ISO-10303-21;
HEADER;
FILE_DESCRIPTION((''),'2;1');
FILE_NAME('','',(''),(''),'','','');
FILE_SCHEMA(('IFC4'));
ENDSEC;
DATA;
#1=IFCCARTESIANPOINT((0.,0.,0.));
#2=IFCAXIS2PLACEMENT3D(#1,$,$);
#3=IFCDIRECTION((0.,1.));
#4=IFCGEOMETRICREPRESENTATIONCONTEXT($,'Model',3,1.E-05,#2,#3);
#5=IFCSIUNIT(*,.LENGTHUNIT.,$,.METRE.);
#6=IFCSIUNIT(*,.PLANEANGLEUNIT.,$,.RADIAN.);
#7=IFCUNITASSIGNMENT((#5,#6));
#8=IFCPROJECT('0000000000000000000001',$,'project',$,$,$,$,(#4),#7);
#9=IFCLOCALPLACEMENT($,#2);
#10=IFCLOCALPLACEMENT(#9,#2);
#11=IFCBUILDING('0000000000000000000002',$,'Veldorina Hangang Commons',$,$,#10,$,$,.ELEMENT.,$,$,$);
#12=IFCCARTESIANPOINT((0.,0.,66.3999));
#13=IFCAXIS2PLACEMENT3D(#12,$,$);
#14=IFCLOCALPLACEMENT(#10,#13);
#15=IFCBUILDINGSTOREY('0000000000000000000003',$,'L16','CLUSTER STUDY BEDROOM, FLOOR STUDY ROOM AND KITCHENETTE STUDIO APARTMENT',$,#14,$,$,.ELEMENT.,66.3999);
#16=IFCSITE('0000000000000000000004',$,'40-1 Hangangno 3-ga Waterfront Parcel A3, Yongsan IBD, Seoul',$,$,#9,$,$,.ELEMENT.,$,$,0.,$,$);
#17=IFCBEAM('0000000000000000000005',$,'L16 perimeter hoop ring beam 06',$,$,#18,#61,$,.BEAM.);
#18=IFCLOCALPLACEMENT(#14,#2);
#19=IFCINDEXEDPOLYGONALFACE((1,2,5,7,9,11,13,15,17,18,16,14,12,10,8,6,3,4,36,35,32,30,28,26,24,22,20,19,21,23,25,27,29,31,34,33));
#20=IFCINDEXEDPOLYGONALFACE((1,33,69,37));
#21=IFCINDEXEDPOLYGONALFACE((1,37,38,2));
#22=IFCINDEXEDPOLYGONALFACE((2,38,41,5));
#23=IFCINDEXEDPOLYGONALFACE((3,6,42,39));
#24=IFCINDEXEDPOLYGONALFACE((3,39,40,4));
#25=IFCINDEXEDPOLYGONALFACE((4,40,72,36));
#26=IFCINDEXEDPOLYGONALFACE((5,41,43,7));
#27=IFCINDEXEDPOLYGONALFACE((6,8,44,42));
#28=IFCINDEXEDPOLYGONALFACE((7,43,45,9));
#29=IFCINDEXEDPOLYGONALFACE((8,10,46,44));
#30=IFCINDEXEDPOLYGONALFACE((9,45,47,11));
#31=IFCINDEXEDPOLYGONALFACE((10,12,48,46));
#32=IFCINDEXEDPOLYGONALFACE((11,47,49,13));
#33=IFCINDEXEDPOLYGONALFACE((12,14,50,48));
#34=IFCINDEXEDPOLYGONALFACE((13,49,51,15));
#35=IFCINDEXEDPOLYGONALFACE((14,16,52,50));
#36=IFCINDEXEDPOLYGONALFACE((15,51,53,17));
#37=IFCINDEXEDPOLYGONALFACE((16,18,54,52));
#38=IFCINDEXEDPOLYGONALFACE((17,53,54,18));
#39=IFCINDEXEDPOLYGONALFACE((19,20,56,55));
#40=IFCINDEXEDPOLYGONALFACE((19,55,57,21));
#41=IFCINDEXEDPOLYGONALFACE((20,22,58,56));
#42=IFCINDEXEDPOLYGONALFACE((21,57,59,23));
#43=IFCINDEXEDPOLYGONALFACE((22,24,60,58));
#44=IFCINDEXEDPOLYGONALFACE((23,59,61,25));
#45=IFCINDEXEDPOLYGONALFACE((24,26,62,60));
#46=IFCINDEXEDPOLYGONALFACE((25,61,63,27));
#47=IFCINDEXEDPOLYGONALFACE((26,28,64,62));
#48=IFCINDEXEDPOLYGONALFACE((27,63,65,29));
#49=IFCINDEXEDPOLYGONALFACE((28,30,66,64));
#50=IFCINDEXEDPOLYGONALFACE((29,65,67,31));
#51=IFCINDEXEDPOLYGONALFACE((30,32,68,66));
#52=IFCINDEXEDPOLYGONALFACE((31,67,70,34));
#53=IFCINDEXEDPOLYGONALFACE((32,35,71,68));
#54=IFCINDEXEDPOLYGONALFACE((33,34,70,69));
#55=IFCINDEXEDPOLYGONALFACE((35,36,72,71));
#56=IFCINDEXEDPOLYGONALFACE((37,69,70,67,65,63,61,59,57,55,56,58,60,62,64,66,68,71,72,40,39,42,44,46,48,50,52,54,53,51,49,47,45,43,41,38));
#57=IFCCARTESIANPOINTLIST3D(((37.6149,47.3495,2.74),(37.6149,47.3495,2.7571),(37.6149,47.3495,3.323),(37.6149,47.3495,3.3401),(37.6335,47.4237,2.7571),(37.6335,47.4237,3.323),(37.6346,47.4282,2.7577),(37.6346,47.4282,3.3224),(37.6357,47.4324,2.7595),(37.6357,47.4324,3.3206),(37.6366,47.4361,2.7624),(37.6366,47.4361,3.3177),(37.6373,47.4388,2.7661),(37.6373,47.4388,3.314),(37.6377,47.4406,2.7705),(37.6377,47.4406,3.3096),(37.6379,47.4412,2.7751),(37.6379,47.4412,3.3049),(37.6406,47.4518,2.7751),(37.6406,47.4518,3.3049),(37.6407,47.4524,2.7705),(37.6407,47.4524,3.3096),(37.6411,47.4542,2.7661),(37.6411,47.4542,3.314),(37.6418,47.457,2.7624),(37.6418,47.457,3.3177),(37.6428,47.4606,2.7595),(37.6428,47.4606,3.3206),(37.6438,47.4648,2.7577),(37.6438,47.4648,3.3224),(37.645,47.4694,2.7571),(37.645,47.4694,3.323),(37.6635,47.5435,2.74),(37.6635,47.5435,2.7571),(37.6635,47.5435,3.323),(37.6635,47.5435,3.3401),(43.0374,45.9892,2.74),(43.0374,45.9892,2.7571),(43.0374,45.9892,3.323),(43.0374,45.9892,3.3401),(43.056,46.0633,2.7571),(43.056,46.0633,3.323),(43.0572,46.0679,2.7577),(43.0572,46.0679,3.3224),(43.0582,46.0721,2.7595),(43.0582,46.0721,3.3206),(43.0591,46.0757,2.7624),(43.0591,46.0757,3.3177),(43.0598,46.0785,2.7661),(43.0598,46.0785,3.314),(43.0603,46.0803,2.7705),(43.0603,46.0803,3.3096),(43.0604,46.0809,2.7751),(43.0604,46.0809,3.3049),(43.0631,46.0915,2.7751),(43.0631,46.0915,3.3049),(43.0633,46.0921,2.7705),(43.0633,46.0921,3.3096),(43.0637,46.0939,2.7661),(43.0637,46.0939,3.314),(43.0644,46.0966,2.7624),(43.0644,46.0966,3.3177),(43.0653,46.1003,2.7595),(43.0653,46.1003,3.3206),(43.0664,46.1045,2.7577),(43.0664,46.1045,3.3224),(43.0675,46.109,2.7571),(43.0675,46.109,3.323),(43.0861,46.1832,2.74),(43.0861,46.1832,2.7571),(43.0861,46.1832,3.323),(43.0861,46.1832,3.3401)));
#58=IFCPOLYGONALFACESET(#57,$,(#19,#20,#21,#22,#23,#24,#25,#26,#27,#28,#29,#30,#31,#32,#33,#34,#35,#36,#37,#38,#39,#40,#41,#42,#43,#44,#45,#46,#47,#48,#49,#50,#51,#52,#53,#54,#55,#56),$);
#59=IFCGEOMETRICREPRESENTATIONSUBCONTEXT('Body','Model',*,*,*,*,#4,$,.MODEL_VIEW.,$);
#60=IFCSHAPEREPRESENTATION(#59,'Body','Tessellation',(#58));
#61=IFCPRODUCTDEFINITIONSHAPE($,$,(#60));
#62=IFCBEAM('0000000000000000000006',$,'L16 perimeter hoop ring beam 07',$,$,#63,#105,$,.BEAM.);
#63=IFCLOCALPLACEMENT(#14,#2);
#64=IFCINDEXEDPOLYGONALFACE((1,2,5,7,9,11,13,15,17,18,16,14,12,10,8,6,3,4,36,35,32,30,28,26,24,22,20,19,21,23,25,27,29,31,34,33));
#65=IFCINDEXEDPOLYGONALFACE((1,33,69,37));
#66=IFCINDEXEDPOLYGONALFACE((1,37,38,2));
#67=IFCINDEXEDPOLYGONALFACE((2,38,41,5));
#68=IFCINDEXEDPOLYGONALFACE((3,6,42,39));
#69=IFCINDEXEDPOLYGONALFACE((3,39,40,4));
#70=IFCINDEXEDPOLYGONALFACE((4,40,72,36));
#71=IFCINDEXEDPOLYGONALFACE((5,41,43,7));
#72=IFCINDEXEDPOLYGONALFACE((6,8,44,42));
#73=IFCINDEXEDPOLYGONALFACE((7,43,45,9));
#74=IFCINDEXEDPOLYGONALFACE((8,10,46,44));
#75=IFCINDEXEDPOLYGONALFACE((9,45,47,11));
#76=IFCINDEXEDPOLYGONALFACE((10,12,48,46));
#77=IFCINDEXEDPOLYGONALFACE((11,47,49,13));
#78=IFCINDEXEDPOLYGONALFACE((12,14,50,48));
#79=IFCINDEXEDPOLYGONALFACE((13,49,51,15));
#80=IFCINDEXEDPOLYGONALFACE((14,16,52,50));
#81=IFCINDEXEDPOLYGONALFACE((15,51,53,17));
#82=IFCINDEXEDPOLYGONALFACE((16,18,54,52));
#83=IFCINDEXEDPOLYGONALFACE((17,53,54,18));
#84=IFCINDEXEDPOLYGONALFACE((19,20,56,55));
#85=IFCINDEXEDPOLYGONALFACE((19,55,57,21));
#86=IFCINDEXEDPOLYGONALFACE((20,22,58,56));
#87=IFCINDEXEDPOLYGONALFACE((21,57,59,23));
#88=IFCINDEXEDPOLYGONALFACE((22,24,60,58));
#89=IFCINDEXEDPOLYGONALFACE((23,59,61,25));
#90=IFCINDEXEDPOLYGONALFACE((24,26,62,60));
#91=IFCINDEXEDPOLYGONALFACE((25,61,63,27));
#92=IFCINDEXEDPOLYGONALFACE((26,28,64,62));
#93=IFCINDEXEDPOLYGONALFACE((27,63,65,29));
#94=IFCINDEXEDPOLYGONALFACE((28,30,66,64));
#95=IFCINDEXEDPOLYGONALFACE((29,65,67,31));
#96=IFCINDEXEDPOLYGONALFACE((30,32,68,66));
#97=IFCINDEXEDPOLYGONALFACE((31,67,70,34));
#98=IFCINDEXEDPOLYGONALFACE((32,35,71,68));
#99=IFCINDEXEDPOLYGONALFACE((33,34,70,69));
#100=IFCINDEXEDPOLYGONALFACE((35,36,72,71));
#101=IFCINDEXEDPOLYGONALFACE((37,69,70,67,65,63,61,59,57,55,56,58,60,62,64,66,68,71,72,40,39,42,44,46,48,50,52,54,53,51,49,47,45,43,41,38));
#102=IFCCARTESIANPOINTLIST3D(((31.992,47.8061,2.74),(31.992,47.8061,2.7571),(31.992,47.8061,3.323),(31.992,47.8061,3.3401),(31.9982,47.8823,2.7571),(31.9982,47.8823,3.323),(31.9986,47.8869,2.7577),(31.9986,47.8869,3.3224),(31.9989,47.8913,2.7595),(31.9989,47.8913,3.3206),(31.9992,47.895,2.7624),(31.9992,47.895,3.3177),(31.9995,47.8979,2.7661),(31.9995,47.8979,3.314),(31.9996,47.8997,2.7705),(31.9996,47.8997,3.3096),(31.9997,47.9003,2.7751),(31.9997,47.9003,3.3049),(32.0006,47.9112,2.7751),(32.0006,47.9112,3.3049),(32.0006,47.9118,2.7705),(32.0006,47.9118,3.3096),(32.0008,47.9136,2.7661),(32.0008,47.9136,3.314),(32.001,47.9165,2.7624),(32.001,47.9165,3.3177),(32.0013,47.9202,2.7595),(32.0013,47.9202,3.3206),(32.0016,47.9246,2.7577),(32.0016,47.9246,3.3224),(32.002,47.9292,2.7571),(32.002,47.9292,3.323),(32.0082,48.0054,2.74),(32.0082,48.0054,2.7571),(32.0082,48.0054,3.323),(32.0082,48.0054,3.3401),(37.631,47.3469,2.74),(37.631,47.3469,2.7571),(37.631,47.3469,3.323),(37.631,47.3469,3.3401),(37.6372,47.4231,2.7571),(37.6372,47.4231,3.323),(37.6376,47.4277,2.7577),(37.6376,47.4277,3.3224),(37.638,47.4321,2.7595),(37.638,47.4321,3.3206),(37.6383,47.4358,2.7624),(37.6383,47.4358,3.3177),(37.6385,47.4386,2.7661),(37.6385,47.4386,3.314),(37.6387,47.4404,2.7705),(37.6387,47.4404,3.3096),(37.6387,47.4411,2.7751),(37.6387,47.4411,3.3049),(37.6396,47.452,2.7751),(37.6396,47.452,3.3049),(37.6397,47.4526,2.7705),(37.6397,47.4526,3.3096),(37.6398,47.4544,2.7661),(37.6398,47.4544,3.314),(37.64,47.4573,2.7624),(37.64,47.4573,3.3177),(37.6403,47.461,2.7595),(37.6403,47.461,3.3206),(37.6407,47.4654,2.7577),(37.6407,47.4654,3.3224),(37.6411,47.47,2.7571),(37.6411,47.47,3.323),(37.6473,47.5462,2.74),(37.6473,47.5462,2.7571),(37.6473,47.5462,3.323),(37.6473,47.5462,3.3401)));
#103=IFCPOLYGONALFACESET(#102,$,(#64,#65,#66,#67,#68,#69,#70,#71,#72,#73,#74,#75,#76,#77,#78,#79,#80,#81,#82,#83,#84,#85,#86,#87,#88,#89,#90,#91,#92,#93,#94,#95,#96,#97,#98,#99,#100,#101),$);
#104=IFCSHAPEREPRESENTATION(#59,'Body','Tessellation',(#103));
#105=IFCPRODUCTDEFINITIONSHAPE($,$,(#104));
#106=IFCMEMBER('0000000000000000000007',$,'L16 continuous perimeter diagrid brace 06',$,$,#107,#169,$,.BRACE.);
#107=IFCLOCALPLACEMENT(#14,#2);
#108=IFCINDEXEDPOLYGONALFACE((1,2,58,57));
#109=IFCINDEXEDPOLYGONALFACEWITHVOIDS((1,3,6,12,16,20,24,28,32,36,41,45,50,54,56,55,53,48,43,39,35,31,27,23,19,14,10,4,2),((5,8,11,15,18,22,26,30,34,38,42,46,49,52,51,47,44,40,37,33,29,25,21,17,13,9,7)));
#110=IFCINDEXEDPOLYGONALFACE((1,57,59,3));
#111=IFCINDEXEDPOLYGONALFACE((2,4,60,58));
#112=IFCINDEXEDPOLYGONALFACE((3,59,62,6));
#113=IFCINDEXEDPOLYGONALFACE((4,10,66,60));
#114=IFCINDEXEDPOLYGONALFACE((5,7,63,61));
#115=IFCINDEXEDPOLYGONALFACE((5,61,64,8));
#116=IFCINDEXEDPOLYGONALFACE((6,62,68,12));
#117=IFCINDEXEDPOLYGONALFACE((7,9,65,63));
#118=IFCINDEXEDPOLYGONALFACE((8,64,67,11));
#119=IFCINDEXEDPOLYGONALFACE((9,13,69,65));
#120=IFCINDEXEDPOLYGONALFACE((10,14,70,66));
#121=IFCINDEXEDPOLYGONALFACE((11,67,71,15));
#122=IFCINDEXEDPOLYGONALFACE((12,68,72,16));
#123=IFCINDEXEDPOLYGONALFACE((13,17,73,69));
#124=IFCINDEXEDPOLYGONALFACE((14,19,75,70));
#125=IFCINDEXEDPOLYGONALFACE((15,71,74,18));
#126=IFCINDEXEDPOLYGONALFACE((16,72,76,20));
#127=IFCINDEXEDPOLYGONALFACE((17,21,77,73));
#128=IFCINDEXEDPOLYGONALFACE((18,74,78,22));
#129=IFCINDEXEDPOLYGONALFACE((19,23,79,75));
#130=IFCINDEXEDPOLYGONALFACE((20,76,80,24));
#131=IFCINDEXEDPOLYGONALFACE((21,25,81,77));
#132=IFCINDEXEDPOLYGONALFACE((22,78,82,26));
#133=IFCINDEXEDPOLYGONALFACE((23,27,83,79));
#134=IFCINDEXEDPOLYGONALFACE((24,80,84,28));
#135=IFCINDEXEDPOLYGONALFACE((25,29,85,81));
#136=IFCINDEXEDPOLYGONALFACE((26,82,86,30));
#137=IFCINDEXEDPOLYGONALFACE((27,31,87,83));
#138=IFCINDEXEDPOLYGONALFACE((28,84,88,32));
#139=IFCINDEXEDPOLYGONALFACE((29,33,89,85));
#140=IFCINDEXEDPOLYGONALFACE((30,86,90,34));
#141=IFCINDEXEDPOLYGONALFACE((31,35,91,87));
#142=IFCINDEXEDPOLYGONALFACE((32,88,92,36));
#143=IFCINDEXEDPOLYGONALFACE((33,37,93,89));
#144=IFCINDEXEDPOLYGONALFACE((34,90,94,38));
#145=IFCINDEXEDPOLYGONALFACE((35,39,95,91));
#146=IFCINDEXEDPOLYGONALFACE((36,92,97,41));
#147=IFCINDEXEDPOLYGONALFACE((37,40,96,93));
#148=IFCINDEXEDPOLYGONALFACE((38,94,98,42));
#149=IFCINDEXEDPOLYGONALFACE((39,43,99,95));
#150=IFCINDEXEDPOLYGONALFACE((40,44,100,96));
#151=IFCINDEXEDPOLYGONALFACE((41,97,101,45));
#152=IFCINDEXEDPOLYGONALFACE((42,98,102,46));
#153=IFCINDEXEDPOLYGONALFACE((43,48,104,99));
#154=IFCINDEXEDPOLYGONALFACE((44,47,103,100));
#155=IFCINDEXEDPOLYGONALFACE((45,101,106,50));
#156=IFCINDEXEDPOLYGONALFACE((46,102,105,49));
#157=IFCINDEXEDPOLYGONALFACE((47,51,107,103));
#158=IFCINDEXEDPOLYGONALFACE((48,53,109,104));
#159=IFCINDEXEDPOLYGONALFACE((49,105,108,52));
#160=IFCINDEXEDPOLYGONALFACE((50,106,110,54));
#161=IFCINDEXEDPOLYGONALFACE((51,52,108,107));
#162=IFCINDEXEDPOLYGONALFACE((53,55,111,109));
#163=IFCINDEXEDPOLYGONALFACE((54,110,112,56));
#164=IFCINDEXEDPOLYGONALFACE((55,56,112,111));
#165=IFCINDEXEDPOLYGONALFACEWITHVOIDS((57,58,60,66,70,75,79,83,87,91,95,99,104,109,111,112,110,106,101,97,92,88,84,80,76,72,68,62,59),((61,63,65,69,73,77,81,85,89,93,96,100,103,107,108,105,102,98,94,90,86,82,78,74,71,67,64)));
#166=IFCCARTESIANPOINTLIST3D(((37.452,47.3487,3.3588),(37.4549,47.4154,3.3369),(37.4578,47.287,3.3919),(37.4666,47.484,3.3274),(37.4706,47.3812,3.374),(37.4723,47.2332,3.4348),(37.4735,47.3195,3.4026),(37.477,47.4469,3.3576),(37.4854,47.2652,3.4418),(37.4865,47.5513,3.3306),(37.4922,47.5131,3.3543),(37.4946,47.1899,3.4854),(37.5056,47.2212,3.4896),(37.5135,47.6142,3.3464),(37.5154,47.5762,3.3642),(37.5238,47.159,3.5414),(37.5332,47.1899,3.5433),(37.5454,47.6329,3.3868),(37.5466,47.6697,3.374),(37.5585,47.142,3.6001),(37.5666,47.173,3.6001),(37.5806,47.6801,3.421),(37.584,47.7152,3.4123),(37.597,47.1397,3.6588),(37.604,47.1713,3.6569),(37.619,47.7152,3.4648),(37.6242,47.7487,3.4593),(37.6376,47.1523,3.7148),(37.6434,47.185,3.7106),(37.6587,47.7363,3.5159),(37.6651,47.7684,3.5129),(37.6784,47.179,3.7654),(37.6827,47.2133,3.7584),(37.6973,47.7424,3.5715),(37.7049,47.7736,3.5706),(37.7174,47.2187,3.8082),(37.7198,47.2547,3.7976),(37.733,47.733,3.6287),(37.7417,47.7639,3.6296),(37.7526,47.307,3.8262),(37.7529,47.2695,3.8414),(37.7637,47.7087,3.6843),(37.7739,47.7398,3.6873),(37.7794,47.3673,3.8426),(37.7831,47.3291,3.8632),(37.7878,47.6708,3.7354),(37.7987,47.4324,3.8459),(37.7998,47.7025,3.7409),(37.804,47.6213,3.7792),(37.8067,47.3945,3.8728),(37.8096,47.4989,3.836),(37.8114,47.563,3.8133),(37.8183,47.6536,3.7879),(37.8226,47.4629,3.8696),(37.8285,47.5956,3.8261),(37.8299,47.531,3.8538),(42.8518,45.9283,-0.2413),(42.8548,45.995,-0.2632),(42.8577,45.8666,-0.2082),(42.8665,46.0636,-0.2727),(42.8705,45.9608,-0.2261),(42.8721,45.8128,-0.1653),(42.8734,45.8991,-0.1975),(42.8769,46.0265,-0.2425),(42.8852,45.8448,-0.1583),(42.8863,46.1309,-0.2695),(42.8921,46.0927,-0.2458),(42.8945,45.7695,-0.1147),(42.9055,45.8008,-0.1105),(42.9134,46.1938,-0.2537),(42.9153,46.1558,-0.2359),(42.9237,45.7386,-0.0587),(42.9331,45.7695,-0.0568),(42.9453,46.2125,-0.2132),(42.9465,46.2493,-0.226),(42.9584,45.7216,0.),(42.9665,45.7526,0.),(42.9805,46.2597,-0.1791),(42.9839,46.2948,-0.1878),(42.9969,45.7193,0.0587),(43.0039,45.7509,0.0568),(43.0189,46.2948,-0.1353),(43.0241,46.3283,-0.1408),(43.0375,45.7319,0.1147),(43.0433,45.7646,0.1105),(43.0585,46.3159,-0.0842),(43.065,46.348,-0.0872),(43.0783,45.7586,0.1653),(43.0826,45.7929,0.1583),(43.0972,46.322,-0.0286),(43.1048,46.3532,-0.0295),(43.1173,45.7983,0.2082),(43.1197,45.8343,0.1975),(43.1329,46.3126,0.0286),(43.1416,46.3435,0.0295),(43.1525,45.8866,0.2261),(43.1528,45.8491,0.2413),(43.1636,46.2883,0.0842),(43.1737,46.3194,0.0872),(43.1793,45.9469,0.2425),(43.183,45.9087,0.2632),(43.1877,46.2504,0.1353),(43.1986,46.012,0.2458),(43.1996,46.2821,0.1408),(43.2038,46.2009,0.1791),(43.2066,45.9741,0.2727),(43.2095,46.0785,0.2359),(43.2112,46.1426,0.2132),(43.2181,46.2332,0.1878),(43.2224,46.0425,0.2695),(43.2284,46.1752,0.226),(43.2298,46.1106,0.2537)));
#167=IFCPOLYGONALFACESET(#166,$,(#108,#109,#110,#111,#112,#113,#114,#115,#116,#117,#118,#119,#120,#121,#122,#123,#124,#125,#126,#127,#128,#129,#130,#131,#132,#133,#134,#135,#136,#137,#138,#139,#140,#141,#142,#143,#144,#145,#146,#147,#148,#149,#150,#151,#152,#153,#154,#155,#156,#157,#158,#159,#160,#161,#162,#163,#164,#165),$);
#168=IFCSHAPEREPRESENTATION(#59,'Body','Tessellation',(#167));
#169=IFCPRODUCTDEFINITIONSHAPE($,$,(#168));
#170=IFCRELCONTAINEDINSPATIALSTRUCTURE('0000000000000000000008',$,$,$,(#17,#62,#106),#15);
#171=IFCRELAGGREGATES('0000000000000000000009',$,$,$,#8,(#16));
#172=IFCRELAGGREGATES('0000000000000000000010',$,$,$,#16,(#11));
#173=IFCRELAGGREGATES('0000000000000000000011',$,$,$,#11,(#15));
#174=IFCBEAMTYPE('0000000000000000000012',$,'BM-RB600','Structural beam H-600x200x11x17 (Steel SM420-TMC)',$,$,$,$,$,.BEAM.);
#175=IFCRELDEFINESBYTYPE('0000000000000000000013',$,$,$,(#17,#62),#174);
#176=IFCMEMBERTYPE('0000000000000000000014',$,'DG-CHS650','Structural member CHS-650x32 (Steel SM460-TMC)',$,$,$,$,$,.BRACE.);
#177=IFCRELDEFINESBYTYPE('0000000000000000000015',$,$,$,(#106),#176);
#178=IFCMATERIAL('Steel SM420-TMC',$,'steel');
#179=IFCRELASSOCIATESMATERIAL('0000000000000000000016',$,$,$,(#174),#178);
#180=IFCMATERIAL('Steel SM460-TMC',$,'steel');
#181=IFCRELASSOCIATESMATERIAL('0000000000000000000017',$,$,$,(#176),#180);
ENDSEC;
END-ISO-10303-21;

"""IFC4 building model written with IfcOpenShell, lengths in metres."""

from ifc_helpers import new_model, si_unit, direction, frame, origin, origin_2d, place, context, subcontext, project, spatial, hollow_circle, i_section, extrude, material, material_profile, profile_set, type_object, element, save


model = new_model("IFC4")

# Units and contexts
model_context = context("Model", 3, precision=1e-05, world=origin(), true_north=direction((0.0, 1.0)))
body_context = subcontext(model_context, "Body", "Model", "MODEL_VIEW")
ifc_project = project(units=[si_unit("LENGTHUNIT", "METRE"), si_unit("PLANEANGLEUNIT", "RADIAN")], contexts=[model_context])

# Site, building, storey
site_placement = place(None, origin())
site = spatial("IfcSite", under=ifc_project, at=site_placement, Name="40-1 Hangangno 3-ga Waterfront Parcel A3, Yongsan IBD, Seoul", CompositionType="ELEMENT", RefElevation=0.0)
building_placement = place(site_placement, origin())
building = spatial("IfcBuilding", under=site, at=building_placement, Name="Veldorina Hangang Commons", CompositionType="ELEMENT")
storey_placement = place(building_placement, frame((0.0, 0.0, 66.3999)))
storey = spatial("IfcBuildingStorey", under=building, at=storey_placement, Name="L16", Description="CLUSTER STUDY BEDROOM, FLOOR STUDY ROOM AND KITCHENETTE STUDIO APARTMENT", CompositionType="ELEMENT", Elevation=66.3999)

# Beams
ifc_material_1 = material(Name="Steel SM420-TMC", Category="steel")
ifc_material_profile_1 = material_profile(ifc_material_1, i_section(OverallWidth=0.2, OverallDepth=0.6001, WebThickness=0.011, FlangeThickness=0.0171, FilletRadius=0.0181, at=origin_2d()), Name="H-600x200x11x17")
ifc_profile_set_1 = profile_set([ifc_material_profile_1], Name="Steel SM420-TMC")
beam_type = type_object("IfcBeamType", Name="BM-RB600", Description="Structural beam H-600x200x11x17 (Steel SM420-TMC)", PredefinedType="BEAM", material=ifc_profile_set_1)
beam_1_placement = place(storey_placement, frame((43.0618, 46.0862, 3.04), z_axis=(-0.969944, 0.243327, 0.0), x_axis=(-0.243327, -0.969944, 0.0)))
element("IfcBeam", 1, at=beam_1_placement, inside=storey, type_object=beam_type, Name="L16 perimeter hoop ring beam 06", PredefinedType="BEAM", context=body_context, shape_type="SweptSolid", body=[
    extrude(i_section(OverallWidth=0.2, OverallDepth=0.6001, WebThickness=0.011, FlangeThickness=0.0171, FilletRadius=0.0181, at=origin_2d()), origin(), (0.0, 0.0, 1.0), 5.5906),
])
beam_2_placement = place(storey_placement, frame((37.6392, 47.4465, 3.04), z_axis=(-0.996701, 0.081167, 0.0), x_axis=(-0.081167, -0.996701, 0.0)))
element("IfcBeam", 2, at=beam_2_placement, inside=storey, type_object=beam_type, Name="L16 perimeter hoop ring beam 07", PredefinedType="BEAM", context=body_context, shape_type="SweptSolid", body=[
    extrude(i_section(OverallWidth=0.2, OverallDepth=0.6001, WebThickness=0.011, FlangeThickness=0.0171, FilletRadius=0.0181, at=origin_2d()), origin(), (0.0, 0.0, 1.0), 5.6577),
])

# Member
ifc_material_2 = material(Name="Steel SM460-TMC", Category="steel")
ifc_material_profile_2 = material_profile(ifc_material_2, hollow_circle(Radius=0.325, WallThickness=0.032, at=origin_2d()), Name="CHS-650x32")
ifc_profile_set_2 = profile_set([ifc_material_profile_2], Name="Steel SM460-TMC")
member_type = type_object("IfcMemberType", Name="DG-CHS650", Description="Structural member CHS-650x32 (Steel SM460-TMC)", PredefinedType="BRACE", material=ifc_profile_set_2)
member_1_placement = place(storey_placement, frame((43.041, 46.0359, 0.0), z_axis=(-0.8128, 0.213802, 0.541891), x_axis=(-0.25439, -0.967102, 0.0)))
element("IfcMember", 3, at=member_1_placement, inside=storey, type_object=member_type, Name="L16 continuous perimeter diagrid brace 06", PredefinedType="BRACE", context=body_context, shape_type="SweptSolid", body=[
    extrude(hollow_circle(Radius=0.325, WallThickness=0.032, at=origin_2d()), origin(), (0.0, 0.0, 1.0), 6.6436),
])

save(model, "model.ifc")
